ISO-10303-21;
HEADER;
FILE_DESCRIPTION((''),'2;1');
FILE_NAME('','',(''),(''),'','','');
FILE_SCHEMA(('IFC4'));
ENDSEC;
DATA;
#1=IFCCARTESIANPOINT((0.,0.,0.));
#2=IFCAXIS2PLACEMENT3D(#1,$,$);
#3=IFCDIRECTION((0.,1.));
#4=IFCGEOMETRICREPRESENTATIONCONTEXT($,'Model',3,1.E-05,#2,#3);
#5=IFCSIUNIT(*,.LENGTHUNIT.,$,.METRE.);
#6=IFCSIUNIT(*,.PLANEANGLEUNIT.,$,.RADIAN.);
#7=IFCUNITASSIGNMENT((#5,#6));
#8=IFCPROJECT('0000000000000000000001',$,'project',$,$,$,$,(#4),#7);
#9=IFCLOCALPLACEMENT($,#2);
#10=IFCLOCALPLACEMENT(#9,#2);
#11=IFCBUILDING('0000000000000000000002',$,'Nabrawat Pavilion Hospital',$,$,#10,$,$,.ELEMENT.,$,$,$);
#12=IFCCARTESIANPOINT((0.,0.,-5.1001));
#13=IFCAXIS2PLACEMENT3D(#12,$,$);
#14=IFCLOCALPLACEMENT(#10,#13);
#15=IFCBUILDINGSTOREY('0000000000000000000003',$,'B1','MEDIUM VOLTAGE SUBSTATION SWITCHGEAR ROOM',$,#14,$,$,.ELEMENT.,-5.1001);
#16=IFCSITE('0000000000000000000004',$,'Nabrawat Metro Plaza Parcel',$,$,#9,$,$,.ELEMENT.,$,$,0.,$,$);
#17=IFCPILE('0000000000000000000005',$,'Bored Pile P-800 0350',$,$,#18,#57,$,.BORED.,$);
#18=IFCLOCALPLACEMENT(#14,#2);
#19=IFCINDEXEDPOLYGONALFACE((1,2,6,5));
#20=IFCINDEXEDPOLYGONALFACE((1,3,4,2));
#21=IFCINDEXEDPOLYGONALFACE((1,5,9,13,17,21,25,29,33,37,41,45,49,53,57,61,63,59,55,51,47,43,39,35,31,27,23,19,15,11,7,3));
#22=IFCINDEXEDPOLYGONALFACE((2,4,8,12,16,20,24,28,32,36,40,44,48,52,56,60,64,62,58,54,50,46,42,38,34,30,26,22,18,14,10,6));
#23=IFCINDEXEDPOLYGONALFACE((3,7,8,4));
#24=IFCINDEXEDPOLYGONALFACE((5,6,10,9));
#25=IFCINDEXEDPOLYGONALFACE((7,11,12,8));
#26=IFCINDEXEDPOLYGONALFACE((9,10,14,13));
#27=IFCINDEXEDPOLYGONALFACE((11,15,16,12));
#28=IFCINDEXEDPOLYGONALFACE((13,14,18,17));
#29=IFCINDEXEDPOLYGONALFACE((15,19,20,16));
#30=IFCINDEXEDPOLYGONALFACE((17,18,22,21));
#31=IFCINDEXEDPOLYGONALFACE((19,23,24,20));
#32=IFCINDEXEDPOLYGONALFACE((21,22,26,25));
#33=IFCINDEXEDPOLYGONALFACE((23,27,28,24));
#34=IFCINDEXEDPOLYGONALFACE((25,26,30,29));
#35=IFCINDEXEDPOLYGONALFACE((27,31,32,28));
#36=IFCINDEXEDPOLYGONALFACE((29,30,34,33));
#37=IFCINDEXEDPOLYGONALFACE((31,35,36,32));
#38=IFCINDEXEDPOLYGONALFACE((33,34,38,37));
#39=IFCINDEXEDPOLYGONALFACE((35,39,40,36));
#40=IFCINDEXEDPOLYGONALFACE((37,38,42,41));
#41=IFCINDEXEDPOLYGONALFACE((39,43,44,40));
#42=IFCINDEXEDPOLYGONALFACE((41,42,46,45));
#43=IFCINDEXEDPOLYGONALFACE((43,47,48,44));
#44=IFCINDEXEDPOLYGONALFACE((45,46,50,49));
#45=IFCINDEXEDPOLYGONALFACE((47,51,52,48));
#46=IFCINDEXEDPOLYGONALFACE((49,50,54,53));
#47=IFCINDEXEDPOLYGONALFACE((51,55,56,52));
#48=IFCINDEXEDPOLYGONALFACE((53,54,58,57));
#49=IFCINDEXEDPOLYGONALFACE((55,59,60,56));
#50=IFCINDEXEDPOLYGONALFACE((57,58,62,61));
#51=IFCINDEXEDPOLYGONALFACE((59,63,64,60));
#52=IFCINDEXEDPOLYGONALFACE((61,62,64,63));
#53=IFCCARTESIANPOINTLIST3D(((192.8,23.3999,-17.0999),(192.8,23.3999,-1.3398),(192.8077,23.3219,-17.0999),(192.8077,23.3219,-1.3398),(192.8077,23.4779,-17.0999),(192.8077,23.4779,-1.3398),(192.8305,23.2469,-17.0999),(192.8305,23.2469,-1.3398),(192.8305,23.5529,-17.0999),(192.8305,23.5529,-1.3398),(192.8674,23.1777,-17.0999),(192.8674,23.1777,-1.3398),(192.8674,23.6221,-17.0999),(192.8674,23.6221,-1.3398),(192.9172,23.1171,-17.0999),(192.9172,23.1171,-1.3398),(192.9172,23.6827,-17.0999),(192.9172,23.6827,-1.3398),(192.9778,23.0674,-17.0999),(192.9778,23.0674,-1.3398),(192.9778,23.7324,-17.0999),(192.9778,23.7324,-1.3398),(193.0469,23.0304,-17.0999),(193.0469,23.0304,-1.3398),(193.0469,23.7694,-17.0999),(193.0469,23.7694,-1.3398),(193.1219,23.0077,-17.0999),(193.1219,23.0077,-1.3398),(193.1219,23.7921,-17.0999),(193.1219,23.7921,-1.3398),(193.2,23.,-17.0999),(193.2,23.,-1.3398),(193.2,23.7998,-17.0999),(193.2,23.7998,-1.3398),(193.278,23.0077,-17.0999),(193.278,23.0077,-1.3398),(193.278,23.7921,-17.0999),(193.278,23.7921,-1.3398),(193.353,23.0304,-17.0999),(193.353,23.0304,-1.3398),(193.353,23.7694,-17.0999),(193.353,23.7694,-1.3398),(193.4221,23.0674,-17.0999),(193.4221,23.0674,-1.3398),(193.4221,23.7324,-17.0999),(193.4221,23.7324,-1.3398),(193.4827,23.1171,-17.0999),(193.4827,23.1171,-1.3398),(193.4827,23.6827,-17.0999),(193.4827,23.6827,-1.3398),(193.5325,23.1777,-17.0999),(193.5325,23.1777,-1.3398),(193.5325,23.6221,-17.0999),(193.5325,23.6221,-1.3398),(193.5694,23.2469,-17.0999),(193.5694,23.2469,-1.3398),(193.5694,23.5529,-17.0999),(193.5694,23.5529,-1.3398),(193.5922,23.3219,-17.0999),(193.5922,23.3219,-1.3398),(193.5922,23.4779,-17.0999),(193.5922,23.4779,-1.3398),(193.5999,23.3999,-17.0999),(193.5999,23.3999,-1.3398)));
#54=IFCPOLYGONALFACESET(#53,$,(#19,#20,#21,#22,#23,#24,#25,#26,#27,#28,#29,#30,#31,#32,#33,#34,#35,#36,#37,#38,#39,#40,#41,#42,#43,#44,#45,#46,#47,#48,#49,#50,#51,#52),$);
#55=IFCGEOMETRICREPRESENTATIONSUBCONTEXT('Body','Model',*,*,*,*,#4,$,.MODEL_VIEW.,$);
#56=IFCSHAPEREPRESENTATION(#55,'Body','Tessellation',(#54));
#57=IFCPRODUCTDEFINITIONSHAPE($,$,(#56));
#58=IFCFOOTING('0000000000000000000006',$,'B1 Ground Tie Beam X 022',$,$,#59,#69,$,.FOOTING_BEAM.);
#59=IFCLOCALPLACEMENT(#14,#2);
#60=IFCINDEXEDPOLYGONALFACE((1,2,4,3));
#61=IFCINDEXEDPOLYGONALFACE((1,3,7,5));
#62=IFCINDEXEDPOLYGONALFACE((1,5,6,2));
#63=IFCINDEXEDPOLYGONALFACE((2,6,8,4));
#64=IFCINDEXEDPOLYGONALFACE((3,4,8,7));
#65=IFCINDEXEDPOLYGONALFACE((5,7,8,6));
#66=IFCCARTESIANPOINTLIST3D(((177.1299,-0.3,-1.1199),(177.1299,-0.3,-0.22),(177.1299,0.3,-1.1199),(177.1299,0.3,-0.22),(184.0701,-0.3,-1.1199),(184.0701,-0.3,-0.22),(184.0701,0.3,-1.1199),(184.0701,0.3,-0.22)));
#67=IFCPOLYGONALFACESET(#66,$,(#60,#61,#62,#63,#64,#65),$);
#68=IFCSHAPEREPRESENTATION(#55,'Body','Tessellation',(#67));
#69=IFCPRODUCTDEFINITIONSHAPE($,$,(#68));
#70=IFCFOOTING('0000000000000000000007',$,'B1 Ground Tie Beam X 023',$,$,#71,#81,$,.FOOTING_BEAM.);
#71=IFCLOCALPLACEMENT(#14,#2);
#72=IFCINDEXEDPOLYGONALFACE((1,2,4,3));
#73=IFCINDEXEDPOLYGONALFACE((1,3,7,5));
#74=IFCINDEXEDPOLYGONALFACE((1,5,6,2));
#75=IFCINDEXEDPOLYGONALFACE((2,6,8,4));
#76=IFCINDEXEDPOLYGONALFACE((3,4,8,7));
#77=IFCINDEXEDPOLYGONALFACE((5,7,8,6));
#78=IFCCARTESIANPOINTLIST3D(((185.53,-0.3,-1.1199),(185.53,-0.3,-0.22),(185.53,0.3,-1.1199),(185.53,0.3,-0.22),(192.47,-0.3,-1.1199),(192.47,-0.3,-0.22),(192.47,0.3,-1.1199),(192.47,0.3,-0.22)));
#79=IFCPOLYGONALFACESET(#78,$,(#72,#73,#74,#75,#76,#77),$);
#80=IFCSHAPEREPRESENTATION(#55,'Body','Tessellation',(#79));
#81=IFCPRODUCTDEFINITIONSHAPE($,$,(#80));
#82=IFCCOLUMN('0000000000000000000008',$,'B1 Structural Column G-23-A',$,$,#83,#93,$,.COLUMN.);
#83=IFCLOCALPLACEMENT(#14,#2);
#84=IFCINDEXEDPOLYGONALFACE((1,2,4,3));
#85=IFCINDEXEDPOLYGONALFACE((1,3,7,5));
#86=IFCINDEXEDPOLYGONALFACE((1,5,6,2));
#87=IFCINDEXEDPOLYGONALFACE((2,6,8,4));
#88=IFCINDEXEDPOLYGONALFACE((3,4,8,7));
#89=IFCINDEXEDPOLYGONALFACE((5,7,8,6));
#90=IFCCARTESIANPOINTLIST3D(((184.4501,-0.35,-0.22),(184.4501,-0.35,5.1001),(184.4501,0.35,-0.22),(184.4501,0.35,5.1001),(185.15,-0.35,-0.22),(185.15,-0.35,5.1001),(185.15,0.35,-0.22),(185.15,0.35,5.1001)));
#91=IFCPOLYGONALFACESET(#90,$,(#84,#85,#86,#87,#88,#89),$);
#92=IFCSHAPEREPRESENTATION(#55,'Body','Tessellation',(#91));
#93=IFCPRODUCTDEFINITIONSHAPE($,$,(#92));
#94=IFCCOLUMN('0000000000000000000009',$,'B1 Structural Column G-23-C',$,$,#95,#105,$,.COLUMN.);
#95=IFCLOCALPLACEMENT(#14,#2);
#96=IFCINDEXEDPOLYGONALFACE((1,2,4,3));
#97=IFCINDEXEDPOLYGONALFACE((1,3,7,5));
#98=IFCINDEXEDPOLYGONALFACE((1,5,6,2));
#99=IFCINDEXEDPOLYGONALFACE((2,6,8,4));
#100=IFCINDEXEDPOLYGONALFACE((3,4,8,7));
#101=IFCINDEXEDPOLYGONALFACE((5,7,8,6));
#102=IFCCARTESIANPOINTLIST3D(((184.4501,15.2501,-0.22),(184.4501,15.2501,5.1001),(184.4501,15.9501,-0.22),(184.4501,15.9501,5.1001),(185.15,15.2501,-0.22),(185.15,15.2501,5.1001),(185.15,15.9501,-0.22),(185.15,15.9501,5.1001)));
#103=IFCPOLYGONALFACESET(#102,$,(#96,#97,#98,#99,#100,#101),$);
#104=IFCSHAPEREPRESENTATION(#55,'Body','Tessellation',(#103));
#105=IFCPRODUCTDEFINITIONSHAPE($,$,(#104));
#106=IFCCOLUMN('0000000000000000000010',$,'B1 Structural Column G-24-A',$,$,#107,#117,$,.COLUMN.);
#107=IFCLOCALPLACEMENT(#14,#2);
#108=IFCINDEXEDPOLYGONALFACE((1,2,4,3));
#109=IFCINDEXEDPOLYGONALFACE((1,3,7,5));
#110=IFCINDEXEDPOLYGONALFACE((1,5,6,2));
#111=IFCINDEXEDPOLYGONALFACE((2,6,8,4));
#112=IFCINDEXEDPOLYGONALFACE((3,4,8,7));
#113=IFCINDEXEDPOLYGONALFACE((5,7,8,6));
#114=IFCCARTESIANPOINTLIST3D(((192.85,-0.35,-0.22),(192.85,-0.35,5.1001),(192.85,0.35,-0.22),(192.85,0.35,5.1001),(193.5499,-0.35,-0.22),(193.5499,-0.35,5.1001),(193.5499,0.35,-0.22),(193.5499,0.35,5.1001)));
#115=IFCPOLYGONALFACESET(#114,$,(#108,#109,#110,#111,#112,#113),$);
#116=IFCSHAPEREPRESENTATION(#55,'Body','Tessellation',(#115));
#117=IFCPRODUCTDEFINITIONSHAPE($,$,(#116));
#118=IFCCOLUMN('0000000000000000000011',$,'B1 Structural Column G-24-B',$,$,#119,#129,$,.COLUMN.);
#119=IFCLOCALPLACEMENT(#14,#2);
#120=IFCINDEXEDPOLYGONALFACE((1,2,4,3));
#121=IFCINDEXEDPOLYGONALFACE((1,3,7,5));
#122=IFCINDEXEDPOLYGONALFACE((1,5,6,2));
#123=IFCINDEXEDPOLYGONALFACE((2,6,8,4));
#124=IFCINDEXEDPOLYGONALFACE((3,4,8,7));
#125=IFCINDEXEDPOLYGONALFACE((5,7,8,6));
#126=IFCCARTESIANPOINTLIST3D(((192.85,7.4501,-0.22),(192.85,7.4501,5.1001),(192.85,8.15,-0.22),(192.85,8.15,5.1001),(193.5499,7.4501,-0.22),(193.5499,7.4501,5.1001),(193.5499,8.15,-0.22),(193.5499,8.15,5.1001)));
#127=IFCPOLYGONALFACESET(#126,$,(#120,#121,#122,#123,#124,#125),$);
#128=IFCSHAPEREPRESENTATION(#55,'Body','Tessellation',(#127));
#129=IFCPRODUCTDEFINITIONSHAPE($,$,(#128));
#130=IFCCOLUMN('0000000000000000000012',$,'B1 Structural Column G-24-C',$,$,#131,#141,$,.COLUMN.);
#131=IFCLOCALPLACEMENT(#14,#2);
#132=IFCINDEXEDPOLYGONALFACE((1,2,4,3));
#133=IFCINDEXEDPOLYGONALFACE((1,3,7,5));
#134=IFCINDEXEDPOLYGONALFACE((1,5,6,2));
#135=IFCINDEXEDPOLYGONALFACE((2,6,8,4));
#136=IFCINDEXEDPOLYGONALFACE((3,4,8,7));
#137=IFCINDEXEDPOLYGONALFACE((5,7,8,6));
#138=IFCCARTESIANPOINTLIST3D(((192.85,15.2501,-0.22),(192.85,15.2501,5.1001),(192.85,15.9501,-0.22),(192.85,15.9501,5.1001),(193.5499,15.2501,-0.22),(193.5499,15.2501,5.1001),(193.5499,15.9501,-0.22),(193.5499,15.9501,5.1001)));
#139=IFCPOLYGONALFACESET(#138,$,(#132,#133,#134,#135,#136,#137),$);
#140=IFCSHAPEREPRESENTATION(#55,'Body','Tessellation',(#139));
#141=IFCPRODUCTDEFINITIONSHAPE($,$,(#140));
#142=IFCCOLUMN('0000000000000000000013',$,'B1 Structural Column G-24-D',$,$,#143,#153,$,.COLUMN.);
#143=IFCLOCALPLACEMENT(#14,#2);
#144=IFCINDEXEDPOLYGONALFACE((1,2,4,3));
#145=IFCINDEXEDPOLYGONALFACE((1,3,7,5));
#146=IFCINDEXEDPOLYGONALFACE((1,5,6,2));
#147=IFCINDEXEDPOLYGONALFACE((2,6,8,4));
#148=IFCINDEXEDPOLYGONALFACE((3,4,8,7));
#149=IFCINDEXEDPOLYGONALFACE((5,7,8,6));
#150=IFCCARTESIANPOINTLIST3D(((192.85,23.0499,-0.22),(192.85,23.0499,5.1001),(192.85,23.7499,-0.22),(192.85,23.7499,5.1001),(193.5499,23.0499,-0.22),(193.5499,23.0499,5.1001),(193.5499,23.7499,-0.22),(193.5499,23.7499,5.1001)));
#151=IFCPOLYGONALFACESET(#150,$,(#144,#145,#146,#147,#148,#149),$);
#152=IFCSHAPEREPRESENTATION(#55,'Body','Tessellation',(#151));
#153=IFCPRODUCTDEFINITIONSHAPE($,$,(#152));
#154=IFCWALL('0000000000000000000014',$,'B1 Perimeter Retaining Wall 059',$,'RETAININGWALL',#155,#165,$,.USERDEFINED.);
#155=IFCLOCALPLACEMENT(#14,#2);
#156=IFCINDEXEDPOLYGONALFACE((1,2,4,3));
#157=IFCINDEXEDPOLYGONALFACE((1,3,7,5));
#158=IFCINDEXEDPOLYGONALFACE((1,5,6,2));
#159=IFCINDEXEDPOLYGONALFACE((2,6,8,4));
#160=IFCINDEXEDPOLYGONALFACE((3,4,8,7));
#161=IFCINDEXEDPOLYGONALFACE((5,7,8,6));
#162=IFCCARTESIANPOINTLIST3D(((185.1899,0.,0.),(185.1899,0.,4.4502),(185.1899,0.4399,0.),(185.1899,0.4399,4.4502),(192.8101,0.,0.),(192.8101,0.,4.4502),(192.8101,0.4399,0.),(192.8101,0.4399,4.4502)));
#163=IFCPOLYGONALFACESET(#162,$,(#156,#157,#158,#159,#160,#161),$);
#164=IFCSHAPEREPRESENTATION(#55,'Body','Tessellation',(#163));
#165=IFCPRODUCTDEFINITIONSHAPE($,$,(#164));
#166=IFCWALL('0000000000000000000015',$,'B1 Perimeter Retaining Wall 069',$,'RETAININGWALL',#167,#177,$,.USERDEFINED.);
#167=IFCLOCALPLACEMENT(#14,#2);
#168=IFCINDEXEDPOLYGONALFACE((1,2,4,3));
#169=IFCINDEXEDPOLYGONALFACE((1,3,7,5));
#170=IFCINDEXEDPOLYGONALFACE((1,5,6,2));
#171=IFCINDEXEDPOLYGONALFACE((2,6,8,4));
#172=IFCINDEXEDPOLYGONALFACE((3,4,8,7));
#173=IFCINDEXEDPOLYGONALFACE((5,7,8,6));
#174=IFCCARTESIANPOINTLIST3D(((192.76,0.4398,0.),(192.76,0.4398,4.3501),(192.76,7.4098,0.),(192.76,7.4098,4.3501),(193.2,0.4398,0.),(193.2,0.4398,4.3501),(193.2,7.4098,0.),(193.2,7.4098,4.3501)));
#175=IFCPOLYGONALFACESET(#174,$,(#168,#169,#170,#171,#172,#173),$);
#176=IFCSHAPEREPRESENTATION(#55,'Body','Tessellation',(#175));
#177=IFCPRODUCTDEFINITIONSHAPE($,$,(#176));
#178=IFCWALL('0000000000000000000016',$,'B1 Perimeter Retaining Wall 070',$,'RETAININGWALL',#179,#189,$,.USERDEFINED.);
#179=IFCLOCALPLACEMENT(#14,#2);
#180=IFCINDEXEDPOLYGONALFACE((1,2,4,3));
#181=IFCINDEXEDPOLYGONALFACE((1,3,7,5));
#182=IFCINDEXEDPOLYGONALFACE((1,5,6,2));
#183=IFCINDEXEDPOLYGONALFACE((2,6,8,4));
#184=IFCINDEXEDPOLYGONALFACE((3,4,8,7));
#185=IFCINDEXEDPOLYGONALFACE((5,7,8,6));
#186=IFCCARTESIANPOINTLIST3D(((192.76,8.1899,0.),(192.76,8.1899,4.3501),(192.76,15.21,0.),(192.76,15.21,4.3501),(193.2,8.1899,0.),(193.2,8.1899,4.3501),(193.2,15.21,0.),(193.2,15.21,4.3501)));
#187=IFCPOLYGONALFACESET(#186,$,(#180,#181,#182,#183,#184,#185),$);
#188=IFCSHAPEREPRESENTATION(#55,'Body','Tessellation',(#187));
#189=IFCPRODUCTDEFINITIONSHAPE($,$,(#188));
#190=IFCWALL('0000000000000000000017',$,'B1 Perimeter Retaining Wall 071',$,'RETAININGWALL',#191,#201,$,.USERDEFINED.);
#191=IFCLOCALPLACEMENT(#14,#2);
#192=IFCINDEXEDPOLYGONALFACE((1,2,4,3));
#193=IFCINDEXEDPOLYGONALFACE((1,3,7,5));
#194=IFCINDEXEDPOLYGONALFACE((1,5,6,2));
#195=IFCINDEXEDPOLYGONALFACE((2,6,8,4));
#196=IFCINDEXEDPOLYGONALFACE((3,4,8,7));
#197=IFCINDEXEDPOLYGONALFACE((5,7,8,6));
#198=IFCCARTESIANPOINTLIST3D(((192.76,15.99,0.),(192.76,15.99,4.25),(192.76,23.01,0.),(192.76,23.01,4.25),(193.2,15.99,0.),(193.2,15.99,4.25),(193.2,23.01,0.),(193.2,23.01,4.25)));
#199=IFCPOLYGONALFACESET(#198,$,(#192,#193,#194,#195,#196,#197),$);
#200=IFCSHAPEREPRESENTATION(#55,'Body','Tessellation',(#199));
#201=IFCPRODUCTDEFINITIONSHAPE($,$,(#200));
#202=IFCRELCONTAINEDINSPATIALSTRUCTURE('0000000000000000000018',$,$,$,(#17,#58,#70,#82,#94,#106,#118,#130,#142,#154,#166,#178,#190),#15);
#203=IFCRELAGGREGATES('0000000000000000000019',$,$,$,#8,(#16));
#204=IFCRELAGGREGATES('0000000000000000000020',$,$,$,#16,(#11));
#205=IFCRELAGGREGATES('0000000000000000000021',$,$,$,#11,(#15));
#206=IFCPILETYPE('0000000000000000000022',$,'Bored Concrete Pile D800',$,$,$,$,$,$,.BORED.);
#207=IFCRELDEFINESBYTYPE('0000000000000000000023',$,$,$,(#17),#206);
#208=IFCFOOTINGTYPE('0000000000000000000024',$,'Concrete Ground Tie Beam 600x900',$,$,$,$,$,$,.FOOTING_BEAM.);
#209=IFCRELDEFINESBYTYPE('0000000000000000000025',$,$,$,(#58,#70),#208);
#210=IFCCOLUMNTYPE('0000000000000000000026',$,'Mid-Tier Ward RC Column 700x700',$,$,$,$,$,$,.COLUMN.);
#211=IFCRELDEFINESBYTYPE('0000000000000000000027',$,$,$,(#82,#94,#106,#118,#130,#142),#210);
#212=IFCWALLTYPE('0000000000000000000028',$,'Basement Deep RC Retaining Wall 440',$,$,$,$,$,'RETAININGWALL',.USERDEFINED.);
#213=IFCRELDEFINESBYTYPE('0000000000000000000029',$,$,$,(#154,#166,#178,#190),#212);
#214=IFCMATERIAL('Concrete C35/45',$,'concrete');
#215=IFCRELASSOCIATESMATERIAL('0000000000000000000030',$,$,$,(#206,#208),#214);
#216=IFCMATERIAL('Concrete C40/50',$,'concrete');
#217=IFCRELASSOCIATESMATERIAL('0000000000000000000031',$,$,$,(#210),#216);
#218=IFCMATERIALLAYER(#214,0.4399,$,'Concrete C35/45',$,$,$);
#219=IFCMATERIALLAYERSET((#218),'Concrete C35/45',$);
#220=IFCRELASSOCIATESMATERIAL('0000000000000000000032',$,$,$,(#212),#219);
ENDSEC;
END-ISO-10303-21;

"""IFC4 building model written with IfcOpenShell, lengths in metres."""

from ifc_helpers import new_model, si_unit, direction, frame, frame_2d, origin, origin_2d, place, context, subcontext, project, spatial, rectangle, circle, extrude, material, layer, layer_set, material_profile, profile_set, type_object, element, save


model = new_model("IFC4")

# Units and contexts
model_context = context("Model", 3, precision=1e-05, world=origin(), true_north=direction((0.0, 1.0)))
body_context = subcontext(model_context, "Body", "Model", "MODEL_VIEW")
ifc_project = project(units=[si_unit("LENGTHUNIT", "METRE"), si_unit("PLANEANGLEUNIT", "RADIAN")], contexts=[model_context])

# Site, building, storey
site_placement = place(None, origin())
site = spatial("IfcSite", under=ifc_project, at=site_placement, Name="Nabrawat Metro Plaza Parcel", CompositionType="ELEMENT", RefElevation=0.0)
building_placement = place(site_placement, origin())
building = spatial("IfcBuilding", under=site, at=building_placement, Name="Nabrawat Pavilion Hospital", CompositionType="ELEMENT")
storey_placement = place(building_placement, frame((0.0, 0.0, -5.1001)))
storey = spatial("IfcBuildingStorey", under=building, at=storey_placement, Name="B1", Description="MEDIUM VOLTAGE SUBSTATION SWITCHGEAR ROOM", CompositionType="ELEMENT", Elevation=-5.1001)

# Pile
ifc_material_1 = material(Name="Concrete C35/45", Category="concrete")
ifc_material_profile_1 = material_profile(ifc_material_1, circle(Radius=0.3999, at=origin_2d()), Name="DIA 800")
ifc_profile_set_1 = profile_set([ifc_material_profile_1], Name="Concrete C35/45")
pile_type = type_object("IfcPileType", Name="Bored Concrete Pile D800", PredefinedType="BORED", material=ifc_profile_set_1)
for number, where, z_axis, x_axis, name in (
    (1, (193.2, 23.3999, -1.3398), (0.0, 0.0, -1.0), (1.0, 0.0, 0.0), "Bored Pile P-800 0350"),
):
    element("IfcPile", number, at=place(storey_placement, frame(where, z_axis=z_axis, x_axis=x_axis)), inside=storey, type_object=pile_type, Name=name, PredefinedType="BORED", context=body_context, shape_type="SweptSolid", body=[
        extrude(circle(Radius=0.3999, at=origin_2d()), origin(), (0.0, 0.0, 1.0), 15.76),
    ])

# Footings
ifc_material_profile_2 = material_profile(ifc_material_1, rectangle(XDim=0.6001, YDim=0.8999, at=origin_2d()), Name="RC 600x900")
ifc_profile_set_2 = profile_set([ifc_material_profile_2], Name="Concrete C35/45")
footing_type = type_object("IfcFootingType", Name="Concrete Ground Tie Beam 600x900", PredefinedType="FOOTING_BEAM", material=ifc_profile_set_2)
footing_1_placement = place(storey_placement, frame((177.1299, 0.0, -0.6699), z_axis=(1.0, 0.0, 0.0), x_axis=(0.0, 1.0, 0.0)))
element("IfcFooting", 2, at=footing_1_placement, inside=storey, type_object=footing_type, Name="B1 Ground Tie Beam X 022", PredefinedType="FOOTING_BEAM", context=body_context, shape_type="SweptSolid", body=[
    extrude(rectangle(XDim=0.6001, YDim=0.8999, at=origin_2d()), origin(), (0.0, 0.0, 1.0), 6.9402),
])
footing_2_placement = place(storey_placement, frame((185.53, 0.0, -0.6699), z_axis=(1.0, 0.0, 0.0), x_axis=(0.0, 1.0, 0.0)))
element("IfcFooting", 3, at=footing_2_placement, inside=storey, type_object=footing_type, Name="B1 Ground Tie Beam X 023", PredefinedType="FOOTING_BEAM", context=body_context, shape_type="SweptSolid", body=[
    extrude(rectangle(XDim=0.6001, YDim=0.8999, at=origin_2d()), origin(), (0.0, 0.0, 1.0), 6.9399),
])

# Columns
ifc_material_2 = material(Name="Concrete C40/50", Category="concrete")
ifc_material_profile_3 = material_profile(ifc_material_2, rectangle(XDim=0.7, YDim=0.7, at=origin_2d()), Name="RC 700x700")
ifc_profile_set_3 = profile_set([ifc_material_profile_3], Name="Concrete C40/50")
column_type = type_object("IfcColumnType", Name="Mid-Tier Ward RC Column 700x700", PredefinedType="COLUMN", material=ifc_profile_set_3)
for number, where, z_axis, x_axis, name in (
    (4, (184.8, 0.0, -0.22), (0.0, 0.0, 1.0), (1.0, 0.0, 0.0), "B1 Structural Column G-23-A"),
    (5, (184.8, 15.6001, -0.22), (0.0, 0.0, 1.0), (1.0, 0.0, 0.0), "B1 Structural Column G-23-C"),
    (6, (193.2, 0.0, -0.22), (0.0, 0.0, 1.0), (1.0, 0.0, 0.0), "B1 Structural Column G-24-A"),
    (7, (193.2, 7.8, -0.22), (0.0, 0.0, 1.0), (1.0, 0.0, 0.0), "B1 Structural Column G-24-B"),
    (8, (193.2, 15.6001, -0.22), (0.0, 0.0, 1.0), (1.0, 0.0, 0.0), "B1 Structural Column G-24-C"),
    (9, (193.2, 23.3999, -0.22), (0.0, 0.0, 1.0), (1.0, 0.0, 0.0), "B1 Structural Column G-24-D"),
):
    element("IfcColumn", number, at=place(storey_placement, frame(where, z_axis=z_axis, x_axis=x_axis)), inside=storey, type_object=column_type, Name=name, PredefinedType="COLUMN", context=body_context, shape_type="SweptSolid", body=[
        extrude(rectangle(XDim=0.7, YDim=0.7, at=origin_2d()), origin(), (0.0, 0.0, 1.0), 5.3201),
    ])

# Walls
ifc_layer_1 = layer(ifc_material_1, 0.4399, Name="Concrete C35/45")
ifc_layer_set_1 = layer_set([ifc_layer_1], Name="Concrete C35/45")
wall_type_1 = type_object("IfcWallType", Name="Basement Deep RC Retaining Wall 440", ElementType="RETAININGWALL", PredefinedType="USERDEFINED", material=ifc_layer_set_1)
wall_1_placement = place(storey_placement, frame((185.1899, 0.22, 0.0), z_axis=(0.0, 0.0, 1.0), x_axis=(1.0, 0.0, 0.0)))
element("IfcWall", 10, at=wall_1_placement, inside=storey, type_object=wall_type_1, Name="B1 Perimeter Retaining Wall 059", ObjectType="RETAININGWALL", PredefinedType="USERDEFINED", context=body_context, shape_type="SweptSolid", body=[
    extrude(rectangle(XDim=7.6201, YDim=0.4399, at=frame_2d((3.8101, 0.0))), origin(), (0.0, 0.0, 1.0), 4.4502),
])
wall_2_placement = place(storey_placement, frame((192.98, 0.4399, 0.0), z_axis=(0.0, 0.0, 1.0), x_axis=(0.0, 1.0, 0.0)))
element("IfcWall", 11, at=wall_2_placement, inside=storey, type_object=wall_type_1, Name="B1 Perimeter Retaining Wall 069", ObjectType="RETAININGWALL", PredefinedType="USERDEFINED", context=body_context, shape_type="SweptSolid", body=[
    extrude(rectangle(XDim=6.97, YDim=0.4399, at=frame_2d((3.4849, 0.0))), origin(), (0.0, 0.0, 1.0), 4.3501),
])
wall_3_placement = place(storey_placement, frame((192.98, 8.1899, 0.0), z_axis=(0.0, 0.0, 1.0), x_axis=(0.0, 1.0, 0.0)))
element("IfcWall", 12, at=wall_3_placement, inside=storey, type_object=wall_type_1, Name="B1 Perimeter Retaining Wall 070", ObjectType="RETAININGWALL", PredefinedType="USERDEFINED", context=body_context, shape_type="SweptSolid", body=[
    extrude(rectangle(XDim=7.02, YDim=0.4399, at=frame_2d((3.51, 0.0))), origin(), (0.0, 0.0, 1.0), 4.3501),
])
for number, where, z_axis, x_axis, name in (
    (13, (192.98, 15.99, 0.0), (0.0, 0.0, 1.0), (0.0, 1.0, 0.0), "B1 Perimeter Retaining Wall 071"),
):
    element("IfcWall", number, at=place(storey_placement, frame(where, z_axis=z_axis, x_axis=x_axis)), inside=storey, type_object=wall_type_1, Name=name, ObjectType="RETAININGWALL", PredefinedType="USERDEFINED", context=body_context, shape_type="SweptSolid", body=[
        extrude(rectangle(XDim=7.02, YDim=0.4399, at=frame_2d((3.51, 0.0))), origin(), (0.0, 0.0, 1.0), 4.25),
    ])

save(model, "model.ifc")
